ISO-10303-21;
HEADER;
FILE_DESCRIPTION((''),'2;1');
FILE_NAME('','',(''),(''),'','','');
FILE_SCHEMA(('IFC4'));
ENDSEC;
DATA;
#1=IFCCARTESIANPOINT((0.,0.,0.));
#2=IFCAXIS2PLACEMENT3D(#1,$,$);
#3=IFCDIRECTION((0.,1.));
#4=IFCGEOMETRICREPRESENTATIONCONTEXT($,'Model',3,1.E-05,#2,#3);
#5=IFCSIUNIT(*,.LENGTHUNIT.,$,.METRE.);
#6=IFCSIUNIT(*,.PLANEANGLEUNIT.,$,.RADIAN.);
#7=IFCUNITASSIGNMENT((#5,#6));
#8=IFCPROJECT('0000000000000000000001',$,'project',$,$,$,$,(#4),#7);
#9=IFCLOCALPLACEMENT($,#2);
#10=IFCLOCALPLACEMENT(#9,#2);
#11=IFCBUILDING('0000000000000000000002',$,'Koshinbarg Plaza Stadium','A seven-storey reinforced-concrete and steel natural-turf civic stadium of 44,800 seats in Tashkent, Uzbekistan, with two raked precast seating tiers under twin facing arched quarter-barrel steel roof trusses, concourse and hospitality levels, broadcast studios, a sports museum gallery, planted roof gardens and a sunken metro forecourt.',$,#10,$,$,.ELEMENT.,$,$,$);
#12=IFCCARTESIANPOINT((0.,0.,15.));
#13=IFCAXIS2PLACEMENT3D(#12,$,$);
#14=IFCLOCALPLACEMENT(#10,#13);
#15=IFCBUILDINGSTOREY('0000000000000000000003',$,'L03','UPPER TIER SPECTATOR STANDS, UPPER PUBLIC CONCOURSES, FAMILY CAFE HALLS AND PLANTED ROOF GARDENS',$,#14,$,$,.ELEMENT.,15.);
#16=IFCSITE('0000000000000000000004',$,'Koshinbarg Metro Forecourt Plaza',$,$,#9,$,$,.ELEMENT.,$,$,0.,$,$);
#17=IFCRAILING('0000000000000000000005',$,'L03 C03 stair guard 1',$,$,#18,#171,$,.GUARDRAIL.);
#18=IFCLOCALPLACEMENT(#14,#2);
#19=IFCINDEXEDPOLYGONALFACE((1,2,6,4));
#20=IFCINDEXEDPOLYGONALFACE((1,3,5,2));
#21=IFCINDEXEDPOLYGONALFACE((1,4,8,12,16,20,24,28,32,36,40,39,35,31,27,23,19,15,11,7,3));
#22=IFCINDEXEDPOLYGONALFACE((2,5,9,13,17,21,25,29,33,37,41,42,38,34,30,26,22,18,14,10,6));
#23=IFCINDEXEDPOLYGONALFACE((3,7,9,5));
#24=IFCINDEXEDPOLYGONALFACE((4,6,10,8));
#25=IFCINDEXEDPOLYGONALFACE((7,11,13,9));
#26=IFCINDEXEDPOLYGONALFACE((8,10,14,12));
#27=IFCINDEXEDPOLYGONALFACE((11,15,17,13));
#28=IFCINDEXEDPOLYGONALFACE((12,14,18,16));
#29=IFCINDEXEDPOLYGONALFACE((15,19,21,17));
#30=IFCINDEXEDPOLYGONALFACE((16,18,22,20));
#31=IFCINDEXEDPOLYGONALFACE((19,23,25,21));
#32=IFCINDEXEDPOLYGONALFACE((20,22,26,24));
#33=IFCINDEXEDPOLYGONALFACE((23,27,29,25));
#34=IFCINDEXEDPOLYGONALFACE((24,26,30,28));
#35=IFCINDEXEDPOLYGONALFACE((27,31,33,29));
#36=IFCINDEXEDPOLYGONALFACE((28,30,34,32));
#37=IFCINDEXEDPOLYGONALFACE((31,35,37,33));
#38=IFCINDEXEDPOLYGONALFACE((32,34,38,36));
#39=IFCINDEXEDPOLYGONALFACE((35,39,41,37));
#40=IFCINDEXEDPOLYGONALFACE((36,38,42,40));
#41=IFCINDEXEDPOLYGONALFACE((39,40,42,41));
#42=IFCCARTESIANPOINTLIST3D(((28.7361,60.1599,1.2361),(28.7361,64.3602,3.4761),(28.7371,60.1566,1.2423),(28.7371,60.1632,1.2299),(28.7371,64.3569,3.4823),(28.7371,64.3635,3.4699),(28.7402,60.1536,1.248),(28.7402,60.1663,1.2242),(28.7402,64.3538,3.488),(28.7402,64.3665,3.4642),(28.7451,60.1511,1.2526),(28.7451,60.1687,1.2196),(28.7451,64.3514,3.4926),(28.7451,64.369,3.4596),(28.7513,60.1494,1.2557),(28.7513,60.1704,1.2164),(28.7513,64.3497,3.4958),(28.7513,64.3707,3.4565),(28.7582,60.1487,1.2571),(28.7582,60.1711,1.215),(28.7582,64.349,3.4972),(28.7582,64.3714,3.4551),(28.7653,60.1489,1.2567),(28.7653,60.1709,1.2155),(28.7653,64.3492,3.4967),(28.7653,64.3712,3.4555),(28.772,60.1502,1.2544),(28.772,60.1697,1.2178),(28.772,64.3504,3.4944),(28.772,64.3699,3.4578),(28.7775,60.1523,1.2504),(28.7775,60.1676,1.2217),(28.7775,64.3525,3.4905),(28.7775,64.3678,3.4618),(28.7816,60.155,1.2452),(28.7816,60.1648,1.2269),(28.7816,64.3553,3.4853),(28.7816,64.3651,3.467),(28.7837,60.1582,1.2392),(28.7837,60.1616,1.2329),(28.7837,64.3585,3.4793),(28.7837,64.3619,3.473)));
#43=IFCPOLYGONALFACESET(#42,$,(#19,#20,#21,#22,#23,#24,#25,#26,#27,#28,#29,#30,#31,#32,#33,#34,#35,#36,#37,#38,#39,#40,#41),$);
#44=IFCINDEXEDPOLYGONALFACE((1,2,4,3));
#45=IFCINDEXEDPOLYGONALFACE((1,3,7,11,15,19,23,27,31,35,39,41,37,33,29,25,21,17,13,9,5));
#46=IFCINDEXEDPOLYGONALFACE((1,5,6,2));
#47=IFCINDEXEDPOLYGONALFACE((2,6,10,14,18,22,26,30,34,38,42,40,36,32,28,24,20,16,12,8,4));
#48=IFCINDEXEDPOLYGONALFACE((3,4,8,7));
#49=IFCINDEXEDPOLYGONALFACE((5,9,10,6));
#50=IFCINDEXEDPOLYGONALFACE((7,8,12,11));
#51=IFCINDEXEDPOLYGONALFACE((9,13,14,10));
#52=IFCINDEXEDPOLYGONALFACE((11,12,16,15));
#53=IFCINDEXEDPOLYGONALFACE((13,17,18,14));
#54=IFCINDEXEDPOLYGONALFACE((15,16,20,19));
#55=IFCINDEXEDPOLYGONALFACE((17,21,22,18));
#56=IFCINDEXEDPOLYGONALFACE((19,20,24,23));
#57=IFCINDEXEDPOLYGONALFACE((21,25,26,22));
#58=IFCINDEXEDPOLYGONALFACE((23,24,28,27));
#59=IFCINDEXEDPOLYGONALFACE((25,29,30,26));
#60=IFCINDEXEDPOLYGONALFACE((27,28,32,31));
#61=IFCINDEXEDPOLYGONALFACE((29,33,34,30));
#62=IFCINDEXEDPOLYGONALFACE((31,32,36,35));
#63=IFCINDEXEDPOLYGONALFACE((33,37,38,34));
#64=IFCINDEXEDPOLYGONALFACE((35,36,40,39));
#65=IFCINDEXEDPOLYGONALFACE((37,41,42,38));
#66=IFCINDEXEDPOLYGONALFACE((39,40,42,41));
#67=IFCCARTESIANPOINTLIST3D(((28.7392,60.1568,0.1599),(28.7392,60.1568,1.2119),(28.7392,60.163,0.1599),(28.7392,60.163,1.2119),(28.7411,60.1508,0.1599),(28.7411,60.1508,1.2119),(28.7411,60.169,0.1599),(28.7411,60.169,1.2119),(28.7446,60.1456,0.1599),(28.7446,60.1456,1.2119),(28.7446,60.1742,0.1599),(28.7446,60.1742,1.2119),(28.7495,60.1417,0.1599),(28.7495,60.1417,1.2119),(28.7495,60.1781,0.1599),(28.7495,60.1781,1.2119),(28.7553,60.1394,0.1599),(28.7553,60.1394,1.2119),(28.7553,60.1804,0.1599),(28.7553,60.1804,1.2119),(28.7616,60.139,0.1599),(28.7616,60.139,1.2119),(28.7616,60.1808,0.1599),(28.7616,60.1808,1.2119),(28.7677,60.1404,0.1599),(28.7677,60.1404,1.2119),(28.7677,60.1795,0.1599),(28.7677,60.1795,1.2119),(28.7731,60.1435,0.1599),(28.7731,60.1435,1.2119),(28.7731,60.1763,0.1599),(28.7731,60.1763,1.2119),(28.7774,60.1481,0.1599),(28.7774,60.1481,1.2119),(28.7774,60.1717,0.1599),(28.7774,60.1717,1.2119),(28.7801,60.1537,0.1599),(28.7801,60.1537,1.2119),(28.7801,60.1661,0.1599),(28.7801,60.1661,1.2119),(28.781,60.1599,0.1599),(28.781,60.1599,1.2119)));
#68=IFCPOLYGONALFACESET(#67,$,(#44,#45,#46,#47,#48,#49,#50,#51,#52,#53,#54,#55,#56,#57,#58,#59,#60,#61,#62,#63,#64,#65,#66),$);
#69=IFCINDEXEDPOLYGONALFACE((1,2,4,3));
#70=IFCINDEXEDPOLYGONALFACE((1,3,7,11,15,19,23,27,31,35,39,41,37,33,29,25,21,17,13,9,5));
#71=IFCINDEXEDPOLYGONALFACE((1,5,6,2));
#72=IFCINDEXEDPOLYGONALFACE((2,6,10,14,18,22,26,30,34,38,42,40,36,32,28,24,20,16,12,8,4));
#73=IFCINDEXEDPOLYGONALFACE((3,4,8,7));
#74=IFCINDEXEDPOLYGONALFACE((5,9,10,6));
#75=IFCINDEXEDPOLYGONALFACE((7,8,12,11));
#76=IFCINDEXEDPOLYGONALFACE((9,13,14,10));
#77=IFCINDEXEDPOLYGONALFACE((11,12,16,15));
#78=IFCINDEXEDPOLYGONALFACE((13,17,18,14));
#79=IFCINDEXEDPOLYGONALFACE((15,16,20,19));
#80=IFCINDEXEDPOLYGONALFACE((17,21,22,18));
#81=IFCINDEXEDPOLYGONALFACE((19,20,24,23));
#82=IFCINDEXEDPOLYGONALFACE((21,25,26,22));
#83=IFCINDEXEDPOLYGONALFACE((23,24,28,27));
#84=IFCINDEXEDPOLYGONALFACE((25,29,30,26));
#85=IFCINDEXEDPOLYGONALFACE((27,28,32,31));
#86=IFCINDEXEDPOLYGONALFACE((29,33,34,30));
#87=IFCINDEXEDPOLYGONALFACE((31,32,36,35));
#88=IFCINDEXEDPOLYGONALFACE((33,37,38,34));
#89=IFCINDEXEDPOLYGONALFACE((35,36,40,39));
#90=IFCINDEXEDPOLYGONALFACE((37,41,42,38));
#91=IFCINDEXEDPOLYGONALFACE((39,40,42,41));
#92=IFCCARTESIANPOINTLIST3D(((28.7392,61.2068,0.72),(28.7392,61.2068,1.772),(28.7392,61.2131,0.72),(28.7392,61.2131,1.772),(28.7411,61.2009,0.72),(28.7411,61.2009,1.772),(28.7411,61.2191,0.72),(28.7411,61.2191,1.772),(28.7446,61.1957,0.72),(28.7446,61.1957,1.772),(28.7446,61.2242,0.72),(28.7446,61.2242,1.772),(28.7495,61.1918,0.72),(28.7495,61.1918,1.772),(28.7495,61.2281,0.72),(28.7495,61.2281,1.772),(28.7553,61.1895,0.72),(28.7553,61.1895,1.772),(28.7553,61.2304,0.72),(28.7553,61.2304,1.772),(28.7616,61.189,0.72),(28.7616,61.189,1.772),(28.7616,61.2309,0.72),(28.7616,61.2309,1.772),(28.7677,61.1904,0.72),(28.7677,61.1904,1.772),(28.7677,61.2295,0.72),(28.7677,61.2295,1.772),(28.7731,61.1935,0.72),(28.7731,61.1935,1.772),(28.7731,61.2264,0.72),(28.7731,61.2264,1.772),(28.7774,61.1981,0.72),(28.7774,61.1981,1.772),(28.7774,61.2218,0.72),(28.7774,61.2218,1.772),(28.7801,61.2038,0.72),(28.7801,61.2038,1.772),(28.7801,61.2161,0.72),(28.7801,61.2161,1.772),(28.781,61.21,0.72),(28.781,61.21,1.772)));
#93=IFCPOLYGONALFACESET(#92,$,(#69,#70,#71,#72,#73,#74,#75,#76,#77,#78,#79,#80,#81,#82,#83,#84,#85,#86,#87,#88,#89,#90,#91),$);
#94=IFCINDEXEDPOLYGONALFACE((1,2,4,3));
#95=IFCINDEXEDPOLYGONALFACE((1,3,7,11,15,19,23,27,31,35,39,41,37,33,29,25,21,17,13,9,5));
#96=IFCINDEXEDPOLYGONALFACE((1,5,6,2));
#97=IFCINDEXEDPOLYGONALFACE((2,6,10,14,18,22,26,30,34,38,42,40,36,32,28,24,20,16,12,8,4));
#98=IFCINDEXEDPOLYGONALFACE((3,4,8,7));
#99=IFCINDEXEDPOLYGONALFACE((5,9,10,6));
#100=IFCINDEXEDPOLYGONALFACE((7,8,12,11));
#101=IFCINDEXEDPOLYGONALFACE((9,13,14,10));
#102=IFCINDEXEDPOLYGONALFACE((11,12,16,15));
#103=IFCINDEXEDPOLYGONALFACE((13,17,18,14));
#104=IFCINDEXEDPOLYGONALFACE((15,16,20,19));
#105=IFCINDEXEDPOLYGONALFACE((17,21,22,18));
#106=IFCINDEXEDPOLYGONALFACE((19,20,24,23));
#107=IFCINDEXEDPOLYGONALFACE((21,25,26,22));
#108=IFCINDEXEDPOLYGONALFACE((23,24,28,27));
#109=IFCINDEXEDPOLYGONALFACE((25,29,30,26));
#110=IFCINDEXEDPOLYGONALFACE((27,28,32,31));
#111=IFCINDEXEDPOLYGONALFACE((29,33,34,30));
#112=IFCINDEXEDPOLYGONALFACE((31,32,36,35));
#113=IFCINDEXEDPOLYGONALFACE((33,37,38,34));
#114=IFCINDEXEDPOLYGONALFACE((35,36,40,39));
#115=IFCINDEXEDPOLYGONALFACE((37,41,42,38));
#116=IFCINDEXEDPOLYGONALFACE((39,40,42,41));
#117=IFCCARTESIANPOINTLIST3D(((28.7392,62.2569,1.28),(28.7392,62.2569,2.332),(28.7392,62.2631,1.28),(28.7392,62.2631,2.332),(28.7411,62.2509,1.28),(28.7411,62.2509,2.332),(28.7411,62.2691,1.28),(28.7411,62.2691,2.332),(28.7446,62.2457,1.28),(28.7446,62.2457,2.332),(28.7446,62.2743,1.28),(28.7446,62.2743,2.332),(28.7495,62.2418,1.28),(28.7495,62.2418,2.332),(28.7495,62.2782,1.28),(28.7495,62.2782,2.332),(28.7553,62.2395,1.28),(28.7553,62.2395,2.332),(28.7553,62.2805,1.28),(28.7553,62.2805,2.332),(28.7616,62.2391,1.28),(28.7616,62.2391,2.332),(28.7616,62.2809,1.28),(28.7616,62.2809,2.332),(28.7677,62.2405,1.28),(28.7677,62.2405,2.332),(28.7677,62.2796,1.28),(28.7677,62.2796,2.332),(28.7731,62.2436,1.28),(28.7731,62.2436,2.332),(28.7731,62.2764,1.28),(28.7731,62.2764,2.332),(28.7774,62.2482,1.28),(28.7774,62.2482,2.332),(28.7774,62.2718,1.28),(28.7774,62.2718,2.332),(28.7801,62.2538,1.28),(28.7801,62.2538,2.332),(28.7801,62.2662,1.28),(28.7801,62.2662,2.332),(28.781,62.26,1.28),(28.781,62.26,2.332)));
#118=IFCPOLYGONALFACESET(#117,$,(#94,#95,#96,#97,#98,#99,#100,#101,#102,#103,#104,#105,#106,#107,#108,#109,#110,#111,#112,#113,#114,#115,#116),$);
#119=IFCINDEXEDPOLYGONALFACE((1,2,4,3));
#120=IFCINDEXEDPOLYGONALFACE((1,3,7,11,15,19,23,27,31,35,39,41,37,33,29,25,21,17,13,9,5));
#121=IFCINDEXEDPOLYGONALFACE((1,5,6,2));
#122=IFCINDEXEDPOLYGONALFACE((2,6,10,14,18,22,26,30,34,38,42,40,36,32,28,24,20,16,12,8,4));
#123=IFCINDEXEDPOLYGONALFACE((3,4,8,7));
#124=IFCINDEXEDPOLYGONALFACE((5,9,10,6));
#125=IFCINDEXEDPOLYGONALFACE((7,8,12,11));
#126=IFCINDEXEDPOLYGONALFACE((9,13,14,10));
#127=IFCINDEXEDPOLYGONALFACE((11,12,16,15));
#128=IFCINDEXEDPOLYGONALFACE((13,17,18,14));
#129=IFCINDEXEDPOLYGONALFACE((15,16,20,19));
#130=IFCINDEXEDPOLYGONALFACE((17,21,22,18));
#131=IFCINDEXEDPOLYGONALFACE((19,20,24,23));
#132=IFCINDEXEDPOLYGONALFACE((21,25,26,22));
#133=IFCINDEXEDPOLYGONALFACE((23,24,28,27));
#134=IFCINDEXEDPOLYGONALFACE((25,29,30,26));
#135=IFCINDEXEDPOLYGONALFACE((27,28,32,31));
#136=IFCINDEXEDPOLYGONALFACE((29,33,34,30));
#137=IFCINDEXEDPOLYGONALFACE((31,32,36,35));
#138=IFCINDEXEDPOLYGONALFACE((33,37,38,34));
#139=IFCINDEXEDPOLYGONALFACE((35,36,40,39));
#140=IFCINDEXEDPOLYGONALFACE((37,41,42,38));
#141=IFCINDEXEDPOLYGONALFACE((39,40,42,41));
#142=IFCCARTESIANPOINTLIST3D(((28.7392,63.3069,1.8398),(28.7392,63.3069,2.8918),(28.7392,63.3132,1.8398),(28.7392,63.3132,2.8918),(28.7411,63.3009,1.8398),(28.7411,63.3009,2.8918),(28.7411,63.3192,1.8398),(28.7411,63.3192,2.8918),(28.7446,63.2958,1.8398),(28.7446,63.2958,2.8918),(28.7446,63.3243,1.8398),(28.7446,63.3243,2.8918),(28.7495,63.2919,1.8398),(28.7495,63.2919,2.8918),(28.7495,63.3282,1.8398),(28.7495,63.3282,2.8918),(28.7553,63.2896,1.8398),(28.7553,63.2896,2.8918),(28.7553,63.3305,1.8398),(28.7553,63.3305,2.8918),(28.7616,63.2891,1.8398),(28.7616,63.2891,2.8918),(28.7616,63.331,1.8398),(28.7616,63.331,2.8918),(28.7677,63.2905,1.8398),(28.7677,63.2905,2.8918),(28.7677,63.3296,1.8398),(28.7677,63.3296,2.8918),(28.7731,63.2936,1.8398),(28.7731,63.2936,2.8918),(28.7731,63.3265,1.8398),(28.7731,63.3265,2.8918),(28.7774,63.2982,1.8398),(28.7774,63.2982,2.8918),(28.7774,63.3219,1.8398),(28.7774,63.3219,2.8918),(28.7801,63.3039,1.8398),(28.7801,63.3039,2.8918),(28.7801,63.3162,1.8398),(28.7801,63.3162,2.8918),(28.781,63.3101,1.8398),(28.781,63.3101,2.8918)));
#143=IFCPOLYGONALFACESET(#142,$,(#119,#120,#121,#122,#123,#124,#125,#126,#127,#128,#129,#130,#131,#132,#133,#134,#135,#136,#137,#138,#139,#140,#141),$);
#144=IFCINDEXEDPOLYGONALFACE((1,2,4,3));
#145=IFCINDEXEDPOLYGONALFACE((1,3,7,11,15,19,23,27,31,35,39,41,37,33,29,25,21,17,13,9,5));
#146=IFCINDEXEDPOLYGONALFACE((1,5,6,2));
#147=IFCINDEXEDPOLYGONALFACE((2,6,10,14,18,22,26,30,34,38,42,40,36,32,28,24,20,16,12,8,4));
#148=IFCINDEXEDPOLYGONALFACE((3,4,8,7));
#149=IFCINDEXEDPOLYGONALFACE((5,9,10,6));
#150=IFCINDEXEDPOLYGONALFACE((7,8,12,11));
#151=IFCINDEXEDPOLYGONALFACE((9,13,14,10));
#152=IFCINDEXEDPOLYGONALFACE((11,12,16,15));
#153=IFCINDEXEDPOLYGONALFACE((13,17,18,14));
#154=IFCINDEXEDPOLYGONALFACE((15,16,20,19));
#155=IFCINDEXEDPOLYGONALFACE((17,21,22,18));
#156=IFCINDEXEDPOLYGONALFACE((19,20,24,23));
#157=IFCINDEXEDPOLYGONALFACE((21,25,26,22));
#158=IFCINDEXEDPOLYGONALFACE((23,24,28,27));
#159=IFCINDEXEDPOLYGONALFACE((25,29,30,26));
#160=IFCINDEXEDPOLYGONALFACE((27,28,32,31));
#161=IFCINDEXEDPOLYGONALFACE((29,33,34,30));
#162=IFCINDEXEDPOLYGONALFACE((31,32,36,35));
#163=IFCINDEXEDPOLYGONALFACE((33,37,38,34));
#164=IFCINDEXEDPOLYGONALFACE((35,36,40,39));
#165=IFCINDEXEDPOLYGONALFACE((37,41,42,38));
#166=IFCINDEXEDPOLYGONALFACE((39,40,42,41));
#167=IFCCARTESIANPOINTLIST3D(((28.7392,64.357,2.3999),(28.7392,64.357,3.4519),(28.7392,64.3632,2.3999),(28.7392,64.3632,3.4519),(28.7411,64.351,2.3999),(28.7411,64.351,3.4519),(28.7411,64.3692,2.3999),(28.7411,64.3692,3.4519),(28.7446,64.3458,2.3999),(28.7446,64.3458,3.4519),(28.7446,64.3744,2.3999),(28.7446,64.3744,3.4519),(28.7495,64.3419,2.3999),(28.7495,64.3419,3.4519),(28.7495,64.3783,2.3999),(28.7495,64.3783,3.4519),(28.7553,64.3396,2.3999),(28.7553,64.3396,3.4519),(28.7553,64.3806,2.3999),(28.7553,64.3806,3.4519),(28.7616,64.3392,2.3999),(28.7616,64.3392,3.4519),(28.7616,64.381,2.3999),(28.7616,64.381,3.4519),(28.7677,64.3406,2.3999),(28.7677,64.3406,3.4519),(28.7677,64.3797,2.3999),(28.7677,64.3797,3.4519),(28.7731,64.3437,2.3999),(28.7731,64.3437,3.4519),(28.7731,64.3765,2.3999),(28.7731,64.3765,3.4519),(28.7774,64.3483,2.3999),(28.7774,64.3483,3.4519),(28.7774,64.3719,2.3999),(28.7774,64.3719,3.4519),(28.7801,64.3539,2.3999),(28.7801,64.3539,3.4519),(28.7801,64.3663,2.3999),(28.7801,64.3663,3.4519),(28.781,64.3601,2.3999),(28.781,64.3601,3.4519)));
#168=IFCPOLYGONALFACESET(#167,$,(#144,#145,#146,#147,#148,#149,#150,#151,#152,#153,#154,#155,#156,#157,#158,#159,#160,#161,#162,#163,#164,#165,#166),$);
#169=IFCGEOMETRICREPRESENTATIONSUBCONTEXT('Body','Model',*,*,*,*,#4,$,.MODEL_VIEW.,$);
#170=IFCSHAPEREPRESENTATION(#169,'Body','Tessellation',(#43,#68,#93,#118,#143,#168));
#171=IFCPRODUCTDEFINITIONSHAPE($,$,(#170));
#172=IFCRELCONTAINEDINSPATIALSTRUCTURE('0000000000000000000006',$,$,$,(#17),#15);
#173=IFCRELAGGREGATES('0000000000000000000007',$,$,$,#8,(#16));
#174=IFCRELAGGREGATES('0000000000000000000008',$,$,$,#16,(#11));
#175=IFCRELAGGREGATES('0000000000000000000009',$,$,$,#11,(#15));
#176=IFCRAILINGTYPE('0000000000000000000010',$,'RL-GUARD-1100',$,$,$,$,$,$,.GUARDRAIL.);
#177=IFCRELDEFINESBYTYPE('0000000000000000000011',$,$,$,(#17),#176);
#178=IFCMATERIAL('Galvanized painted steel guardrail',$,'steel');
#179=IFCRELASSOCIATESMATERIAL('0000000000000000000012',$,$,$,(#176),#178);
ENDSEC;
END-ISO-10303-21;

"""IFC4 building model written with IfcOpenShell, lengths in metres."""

from ifc_helpers import new_model, si_unit, direction, frame, origin, origin_2d, place, context, subcontext, project, spatial, circle, extrude, material, type_object, element, save


model = new_model("IFC4")

# Units and contexts
model_context = context("Model", 3, precision=1e-05, world=origin(), true_north=direction((0.0, 1.0)))
body_context = subcontext(model_context, "Body", "Model", "MODEL_VIEW")
ifc_project = project(units=[si_unit("LENGTHUNIT", "METRE"), si_unit("PLANEANGLEUNIT", "RADIAN")], contexts=[model_context])

# Site, building, storey
site_placement = place(None, origin())
site = spatial("IfcSite", under=ifc_project, at=site_placement, Name="Koshinbarg Metro Forecourt Plaza", CompositionType="ELEMENT", RefElevation=0.0)
building_placement = place(site_placement, origin())
building = spatial("IfcBuilding", under=site, at=building_placement, Name="Koshinbarg Plaza Stadium", Description="A seven-storey reinforced-concrete and steel natural-turf civic stadium of 44,800 seats in Tashkent, Uzbekistan, with two raked precast seating tiers under twin facing arched quarter-barrel steel roof trusses, concourse and hospitality levels, broadcast studios, a sports museum gallery, planted roof gardens and a sunken metro forecourt.", CompositionType="ELEMENT")
storey_placement = place(building_placement, frame((0.0, 0.0, 15.0)))
storey = spatial("IfcBuildingStorey", under=building, at=storey_placement, Name="L03", Description="UPPER TIER SPECTATOR STANDS, UPPER PUBLIC CONCOURSES, FAMILY CAFE HALLS AND PLANTED ROOF GARDENS", CompositionType="ELEMENT", Elevation=15.0)

# Railing
ifc_material_1 = material(Name="Galvanized painted steel guardrail", Category="steel")
railing_type_1 = type_object("IfcRailingType", Name="RL-GUARD-1100", PredefinedType="GUARDRAIL", material=ifc_material_1)
railing_1_placement = place(storey_placement, frame((28.76, 60.1599, 0.1599)))
element("IfcRailing", 1, at=railing_1_placement, inside=storey, type_object=railing_type_1, Name="L03 C03 stair guard 1", PredefinedType="GUARDRAIL", context=body_context, shape_type="SweptSolid", body=[
    extrude(circle(Radius=0.0239, at=origin_2d()), frame((0.0, 0.0, 1.0762), z_axis=(0.0, 0.882363, 0.47057), x_axis=(-1.0, 0.0, 0.0)), (0.0, 0.0, 1.0), 4.7603),
    extrude(circle(Radius=0.021, at=origin_2d()), origin(), (0.0, 0.0, 1.0), 1.052),
    extrude(circle(Radius=0.021, at=origin_2d()), frame((0.0, 1.05, 0.5601)), (0.0, 0.0, 1.0), 1.052),
    extrude(circle(Radius=0.021, at=origin_2d()), frame((0.0, 2.1001, 1.1201)), (0.0, 0.0, 1.0), 1.052),
    extrude(circle(Radius=0.021, at=origin_2d()), frame((0.0, 3.1501, 1.6799)), (0.0, 0.0, 1.0), 1.052),
    extrude(circle(Radius=0.021, at=origin_2d()), frame((0.0, 4.2002, 2.24)), (0.0, 0.0, 1.0), 1.052),
])

save(model, "model.ifc")
